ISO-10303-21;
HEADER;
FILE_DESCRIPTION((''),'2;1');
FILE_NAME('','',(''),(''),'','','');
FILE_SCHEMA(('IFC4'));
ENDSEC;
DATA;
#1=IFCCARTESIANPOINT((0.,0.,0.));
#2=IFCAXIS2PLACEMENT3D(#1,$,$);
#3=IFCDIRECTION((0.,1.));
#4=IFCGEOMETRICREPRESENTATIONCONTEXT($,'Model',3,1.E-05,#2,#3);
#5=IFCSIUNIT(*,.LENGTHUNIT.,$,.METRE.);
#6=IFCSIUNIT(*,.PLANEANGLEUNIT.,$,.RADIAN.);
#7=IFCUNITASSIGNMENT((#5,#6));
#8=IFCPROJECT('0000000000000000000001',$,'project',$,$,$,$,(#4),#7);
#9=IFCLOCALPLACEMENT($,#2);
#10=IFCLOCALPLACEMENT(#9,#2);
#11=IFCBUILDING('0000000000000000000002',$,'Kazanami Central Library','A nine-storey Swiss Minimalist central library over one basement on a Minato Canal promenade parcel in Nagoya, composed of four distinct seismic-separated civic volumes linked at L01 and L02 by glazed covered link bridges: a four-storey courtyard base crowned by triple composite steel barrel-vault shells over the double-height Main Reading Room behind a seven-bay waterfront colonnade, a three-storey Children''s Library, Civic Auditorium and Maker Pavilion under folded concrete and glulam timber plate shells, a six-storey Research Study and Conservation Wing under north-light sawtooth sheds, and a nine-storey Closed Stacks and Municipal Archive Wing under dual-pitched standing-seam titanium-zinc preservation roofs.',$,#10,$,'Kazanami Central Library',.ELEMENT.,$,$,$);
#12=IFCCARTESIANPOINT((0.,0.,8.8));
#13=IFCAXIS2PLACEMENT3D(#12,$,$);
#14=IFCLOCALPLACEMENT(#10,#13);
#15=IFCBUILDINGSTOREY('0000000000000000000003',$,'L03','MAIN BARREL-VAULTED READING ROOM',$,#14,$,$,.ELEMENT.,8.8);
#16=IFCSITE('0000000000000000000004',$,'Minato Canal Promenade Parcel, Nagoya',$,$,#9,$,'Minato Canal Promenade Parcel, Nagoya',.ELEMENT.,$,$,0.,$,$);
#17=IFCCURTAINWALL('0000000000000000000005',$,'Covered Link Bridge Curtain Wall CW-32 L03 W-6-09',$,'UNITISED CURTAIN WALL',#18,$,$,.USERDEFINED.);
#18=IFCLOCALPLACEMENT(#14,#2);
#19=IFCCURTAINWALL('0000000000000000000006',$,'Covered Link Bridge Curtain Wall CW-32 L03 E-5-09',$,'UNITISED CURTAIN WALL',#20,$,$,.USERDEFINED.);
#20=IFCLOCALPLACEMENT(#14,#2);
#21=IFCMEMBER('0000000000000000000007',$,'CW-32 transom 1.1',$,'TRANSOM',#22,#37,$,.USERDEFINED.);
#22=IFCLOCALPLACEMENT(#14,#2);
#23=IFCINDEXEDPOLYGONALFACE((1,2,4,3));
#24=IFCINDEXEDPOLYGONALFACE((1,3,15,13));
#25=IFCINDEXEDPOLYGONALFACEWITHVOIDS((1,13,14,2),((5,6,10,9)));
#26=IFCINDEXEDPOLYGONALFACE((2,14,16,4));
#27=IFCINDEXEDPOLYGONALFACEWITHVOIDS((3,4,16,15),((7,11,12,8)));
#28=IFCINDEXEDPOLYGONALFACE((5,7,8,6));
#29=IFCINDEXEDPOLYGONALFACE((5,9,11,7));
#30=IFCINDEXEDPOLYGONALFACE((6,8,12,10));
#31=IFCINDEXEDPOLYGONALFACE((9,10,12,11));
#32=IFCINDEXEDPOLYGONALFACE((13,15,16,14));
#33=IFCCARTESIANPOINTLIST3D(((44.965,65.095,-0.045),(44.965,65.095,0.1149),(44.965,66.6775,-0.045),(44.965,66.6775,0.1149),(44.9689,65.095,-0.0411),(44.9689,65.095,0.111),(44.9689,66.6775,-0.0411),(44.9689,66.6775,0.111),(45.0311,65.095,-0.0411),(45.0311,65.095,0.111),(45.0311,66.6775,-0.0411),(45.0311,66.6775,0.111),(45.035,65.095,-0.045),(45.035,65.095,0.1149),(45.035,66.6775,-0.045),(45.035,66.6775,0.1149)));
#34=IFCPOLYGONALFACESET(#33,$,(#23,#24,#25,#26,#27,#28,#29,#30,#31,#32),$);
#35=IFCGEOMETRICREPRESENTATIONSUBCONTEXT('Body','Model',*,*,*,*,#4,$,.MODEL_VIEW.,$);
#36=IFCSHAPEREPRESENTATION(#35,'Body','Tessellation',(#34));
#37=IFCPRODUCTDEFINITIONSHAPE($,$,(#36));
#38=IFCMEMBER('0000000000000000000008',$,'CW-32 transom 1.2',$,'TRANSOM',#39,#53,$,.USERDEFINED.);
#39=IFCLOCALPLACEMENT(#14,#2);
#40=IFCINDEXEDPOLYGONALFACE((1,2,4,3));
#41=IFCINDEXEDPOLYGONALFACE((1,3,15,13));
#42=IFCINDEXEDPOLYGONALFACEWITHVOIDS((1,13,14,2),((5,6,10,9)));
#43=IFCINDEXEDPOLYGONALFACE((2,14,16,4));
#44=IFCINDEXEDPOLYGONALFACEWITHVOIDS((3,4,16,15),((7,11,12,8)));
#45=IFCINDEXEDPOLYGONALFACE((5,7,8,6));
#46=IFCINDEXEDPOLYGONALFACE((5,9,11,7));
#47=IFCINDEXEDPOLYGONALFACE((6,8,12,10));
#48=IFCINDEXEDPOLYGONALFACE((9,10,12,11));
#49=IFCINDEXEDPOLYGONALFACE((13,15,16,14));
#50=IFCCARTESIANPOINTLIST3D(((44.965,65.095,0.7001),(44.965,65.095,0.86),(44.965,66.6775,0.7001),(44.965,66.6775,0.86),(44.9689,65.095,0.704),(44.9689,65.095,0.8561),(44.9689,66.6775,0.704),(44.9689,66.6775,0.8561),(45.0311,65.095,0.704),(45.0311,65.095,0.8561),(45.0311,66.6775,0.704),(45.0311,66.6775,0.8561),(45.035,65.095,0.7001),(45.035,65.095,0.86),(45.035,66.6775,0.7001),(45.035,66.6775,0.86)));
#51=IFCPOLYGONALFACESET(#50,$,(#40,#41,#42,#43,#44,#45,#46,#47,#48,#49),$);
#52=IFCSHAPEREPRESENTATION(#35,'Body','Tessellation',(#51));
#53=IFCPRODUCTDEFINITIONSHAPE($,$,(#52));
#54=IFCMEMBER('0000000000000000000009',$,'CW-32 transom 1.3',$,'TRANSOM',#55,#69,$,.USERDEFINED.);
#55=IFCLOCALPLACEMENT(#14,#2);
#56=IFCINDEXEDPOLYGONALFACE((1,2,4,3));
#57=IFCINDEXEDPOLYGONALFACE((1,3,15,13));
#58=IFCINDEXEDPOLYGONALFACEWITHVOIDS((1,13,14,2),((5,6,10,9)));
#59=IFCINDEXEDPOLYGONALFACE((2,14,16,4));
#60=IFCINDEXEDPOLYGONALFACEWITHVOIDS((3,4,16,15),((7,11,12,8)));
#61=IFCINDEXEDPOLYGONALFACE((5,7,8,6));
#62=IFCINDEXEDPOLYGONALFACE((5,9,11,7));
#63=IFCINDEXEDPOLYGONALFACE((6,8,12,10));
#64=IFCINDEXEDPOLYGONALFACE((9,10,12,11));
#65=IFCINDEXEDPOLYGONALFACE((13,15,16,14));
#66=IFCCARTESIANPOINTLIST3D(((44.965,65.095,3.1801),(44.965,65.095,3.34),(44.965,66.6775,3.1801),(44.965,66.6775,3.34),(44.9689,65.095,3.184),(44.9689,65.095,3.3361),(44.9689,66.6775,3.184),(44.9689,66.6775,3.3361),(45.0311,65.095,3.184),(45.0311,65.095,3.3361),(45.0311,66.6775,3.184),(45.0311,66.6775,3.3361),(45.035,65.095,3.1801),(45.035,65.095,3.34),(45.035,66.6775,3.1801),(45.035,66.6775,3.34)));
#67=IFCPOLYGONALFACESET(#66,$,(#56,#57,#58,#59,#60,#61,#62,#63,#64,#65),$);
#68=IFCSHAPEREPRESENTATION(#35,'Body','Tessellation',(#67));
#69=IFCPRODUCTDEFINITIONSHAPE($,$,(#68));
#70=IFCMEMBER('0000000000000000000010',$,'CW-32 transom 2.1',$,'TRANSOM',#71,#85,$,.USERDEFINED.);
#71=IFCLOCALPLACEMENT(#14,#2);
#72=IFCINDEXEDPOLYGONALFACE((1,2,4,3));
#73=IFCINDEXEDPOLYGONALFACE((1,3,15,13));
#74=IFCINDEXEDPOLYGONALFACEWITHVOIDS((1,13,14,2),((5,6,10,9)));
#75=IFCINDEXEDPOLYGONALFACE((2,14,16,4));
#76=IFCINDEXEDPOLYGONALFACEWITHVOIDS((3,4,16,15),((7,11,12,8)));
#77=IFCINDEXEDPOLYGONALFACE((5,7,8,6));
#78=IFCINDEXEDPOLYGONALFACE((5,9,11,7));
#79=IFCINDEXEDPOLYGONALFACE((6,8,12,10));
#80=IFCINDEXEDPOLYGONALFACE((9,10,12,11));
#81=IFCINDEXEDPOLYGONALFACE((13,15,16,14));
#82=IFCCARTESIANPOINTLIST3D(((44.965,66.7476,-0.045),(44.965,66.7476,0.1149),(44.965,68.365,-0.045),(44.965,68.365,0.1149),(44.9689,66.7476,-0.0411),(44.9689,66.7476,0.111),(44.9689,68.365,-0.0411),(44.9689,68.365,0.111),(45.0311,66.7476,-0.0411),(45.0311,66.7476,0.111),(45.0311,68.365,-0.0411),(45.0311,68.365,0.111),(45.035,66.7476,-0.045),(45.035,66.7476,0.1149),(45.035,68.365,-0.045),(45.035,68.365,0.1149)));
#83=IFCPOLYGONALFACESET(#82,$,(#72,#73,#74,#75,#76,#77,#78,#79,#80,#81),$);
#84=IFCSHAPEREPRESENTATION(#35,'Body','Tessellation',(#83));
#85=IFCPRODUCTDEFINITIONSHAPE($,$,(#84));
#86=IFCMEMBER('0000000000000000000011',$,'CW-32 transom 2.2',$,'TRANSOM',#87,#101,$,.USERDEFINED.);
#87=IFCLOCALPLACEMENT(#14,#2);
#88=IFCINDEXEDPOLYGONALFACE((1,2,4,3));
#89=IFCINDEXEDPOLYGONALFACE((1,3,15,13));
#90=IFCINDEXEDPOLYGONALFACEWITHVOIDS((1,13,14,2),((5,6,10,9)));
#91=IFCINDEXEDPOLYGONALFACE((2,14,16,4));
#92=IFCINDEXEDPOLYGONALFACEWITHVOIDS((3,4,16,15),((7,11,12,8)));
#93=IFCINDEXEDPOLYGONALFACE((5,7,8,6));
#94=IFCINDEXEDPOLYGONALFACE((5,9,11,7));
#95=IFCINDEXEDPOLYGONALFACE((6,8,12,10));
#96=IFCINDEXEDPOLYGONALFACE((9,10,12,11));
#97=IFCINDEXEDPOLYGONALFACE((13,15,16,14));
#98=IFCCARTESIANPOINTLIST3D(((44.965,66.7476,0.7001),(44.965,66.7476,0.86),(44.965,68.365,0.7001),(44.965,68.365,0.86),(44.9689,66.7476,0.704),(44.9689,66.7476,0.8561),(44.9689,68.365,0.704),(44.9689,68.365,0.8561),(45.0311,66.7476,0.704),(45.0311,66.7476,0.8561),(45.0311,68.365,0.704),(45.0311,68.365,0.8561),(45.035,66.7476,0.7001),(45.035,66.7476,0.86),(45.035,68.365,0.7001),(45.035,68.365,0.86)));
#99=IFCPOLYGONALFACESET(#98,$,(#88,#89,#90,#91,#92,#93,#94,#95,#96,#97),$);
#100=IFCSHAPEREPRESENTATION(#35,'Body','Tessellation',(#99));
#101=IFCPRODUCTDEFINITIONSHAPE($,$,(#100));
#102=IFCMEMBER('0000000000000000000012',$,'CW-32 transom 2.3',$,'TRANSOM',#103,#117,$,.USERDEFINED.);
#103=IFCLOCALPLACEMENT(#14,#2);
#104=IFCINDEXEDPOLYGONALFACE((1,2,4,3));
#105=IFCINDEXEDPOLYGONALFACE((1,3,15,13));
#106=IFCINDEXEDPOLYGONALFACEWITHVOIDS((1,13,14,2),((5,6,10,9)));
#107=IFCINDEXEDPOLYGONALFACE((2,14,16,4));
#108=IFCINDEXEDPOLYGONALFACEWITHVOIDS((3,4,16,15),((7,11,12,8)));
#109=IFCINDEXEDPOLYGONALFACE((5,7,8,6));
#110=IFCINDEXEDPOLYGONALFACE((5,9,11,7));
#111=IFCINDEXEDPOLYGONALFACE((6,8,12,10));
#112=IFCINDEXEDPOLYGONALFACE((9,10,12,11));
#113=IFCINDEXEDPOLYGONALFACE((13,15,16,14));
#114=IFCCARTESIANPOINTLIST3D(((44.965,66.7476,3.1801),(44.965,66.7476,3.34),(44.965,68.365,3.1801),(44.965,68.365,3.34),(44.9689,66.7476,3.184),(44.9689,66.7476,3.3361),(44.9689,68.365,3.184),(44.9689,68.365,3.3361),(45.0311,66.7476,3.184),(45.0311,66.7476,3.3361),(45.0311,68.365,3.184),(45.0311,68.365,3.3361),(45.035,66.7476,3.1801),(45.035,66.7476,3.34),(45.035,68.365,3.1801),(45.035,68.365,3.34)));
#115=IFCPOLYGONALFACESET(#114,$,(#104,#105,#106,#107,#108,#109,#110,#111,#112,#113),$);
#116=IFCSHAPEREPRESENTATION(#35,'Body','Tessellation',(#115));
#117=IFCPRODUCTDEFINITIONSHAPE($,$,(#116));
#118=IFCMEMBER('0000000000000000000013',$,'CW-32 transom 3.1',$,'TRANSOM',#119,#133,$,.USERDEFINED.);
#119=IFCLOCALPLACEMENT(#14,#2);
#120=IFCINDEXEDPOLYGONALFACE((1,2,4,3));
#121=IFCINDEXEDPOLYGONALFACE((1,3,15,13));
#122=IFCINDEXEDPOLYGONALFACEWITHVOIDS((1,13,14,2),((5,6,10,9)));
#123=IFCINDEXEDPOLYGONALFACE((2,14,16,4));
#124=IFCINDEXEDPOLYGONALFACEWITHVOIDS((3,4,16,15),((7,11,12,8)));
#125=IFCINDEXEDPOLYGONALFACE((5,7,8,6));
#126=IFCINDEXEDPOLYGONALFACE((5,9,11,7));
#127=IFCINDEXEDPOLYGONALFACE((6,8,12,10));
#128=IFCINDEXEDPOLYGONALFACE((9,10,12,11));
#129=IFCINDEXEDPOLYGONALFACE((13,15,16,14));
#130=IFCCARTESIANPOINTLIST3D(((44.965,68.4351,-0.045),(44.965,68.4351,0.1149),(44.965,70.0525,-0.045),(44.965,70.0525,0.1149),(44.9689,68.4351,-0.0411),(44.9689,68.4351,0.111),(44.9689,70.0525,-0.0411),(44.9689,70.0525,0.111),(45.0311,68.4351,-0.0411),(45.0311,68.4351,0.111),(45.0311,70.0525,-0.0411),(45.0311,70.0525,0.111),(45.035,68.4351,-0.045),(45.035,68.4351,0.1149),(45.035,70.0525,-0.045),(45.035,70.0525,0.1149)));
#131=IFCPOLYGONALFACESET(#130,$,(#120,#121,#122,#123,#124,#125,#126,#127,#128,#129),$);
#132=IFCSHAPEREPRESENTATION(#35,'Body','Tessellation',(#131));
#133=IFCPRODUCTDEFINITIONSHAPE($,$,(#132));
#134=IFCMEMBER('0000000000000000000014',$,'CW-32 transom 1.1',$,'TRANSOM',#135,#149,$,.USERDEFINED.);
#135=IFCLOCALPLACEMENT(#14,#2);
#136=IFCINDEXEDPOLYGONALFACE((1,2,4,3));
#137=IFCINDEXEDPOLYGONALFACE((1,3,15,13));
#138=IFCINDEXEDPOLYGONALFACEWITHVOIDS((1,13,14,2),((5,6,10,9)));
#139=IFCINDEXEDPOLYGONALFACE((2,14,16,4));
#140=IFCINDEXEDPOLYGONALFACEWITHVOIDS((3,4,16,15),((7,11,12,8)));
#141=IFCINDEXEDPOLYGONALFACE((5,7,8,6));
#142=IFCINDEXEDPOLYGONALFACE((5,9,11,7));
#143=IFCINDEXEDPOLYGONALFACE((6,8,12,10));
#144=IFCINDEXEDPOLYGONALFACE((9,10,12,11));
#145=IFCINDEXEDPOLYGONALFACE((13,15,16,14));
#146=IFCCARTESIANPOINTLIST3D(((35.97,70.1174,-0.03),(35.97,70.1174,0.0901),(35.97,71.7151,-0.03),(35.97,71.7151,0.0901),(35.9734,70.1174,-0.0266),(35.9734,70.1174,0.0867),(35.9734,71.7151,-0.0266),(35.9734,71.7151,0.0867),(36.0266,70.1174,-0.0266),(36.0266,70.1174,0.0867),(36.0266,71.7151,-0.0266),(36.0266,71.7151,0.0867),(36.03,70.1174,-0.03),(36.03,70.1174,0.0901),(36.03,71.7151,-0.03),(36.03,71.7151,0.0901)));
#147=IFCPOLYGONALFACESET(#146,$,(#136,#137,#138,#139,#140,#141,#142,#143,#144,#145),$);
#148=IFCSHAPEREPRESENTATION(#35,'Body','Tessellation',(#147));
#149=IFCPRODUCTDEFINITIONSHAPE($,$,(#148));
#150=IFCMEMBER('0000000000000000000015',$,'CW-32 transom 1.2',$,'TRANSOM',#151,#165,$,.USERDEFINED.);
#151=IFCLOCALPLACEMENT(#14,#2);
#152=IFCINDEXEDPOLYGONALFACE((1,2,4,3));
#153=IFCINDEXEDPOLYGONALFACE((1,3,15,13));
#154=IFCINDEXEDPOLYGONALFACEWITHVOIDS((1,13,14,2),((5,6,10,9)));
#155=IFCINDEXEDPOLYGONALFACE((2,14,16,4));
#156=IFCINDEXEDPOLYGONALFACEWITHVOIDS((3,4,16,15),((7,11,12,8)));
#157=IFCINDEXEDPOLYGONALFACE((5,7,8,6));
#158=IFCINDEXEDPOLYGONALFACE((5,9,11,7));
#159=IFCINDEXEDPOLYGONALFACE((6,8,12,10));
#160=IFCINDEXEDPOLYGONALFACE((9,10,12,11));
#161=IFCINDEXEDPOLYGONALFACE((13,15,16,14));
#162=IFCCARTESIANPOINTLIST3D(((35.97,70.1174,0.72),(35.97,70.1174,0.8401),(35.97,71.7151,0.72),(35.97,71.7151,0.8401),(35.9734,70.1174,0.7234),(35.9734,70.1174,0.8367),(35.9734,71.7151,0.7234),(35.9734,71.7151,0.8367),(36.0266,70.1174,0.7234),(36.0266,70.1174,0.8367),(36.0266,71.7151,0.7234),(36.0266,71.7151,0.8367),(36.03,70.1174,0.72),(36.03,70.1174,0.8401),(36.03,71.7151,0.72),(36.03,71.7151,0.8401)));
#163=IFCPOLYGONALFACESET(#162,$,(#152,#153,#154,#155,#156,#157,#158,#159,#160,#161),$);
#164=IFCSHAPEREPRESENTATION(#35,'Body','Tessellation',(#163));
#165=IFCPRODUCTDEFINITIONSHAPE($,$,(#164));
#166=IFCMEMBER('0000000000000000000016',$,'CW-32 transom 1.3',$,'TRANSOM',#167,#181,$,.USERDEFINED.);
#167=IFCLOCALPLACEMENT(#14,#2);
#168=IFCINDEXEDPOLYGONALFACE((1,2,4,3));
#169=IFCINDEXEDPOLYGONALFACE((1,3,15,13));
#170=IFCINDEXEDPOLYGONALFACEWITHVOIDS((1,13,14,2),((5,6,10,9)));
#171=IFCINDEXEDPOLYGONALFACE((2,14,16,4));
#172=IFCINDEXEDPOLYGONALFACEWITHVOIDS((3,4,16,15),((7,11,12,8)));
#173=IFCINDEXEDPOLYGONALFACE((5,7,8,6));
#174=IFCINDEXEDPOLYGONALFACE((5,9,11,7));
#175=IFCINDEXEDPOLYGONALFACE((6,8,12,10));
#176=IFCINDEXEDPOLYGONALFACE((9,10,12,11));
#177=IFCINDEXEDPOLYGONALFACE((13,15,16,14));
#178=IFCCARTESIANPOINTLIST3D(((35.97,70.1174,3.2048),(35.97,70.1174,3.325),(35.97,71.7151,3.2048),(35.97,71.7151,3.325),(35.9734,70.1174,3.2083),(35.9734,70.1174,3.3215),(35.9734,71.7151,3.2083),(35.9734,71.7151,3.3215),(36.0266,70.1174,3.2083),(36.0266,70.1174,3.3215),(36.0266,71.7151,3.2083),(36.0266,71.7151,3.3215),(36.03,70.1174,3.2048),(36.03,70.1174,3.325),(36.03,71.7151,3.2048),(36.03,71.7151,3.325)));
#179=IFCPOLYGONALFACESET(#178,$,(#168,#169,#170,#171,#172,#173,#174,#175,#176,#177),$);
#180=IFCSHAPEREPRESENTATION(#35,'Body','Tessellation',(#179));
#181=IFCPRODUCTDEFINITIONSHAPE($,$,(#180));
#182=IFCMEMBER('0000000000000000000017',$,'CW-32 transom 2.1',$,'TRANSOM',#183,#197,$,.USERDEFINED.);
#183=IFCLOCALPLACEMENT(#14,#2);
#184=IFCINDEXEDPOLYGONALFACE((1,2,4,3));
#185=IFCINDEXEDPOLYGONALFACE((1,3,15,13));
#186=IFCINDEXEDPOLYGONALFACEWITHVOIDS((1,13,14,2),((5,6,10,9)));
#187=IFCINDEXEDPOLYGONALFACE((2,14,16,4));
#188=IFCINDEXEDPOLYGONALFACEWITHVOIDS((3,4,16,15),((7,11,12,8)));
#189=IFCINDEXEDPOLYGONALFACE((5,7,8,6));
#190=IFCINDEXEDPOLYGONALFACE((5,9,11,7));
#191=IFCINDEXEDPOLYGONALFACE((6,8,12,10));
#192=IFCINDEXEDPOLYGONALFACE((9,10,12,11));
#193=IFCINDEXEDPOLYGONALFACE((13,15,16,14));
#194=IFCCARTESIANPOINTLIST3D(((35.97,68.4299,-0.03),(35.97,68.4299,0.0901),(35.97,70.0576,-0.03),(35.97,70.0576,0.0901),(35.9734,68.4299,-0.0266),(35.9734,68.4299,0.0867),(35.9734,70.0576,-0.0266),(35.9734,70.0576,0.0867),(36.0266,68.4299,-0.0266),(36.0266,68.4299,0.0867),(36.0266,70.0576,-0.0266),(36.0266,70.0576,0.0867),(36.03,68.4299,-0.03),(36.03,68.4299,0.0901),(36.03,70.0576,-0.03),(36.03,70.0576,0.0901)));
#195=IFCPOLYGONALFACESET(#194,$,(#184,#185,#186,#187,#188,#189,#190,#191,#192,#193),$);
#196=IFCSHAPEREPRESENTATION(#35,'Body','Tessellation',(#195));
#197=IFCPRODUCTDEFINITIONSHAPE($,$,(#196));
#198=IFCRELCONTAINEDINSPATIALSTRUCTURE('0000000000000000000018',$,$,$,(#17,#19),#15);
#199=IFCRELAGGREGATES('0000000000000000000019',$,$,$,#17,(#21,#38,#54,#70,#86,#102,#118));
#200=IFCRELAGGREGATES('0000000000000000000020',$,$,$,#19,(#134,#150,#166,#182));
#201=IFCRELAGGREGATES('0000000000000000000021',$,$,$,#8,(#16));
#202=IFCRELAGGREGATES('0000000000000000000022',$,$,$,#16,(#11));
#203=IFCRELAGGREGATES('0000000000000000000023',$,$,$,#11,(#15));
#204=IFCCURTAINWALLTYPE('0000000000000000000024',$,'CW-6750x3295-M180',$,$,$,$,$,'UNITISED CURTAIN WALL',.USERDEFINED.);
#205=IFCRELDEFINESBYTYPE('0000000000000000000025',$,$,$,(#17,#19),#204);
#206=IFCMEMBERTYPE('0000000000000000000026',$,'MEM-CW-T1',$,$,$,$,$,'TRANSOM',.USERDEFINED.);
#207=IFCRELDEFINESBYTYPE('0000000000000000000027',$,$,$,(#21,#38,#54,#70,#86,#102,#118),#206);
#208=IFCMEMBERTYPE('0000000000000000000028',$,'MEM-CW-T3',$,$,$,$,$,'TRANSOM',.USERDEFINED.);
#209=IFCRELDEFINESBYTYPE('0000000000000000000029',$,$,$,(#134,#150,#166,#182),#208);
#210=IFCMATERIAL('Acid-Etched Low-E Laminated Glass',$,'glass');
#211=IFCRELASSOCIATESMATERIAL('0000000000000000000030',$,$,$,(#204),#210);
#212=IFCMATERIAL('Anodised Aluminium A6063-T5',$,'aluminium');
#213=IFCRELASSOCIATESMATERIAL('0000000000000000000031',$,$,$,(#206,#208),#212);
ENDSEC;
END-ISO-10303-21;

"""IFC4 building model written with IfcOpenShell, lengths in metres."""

from ifc_helpers import new_model, si_unit, direction, frame, origin, origin_2d, place, context, subcontext, project, spatial, hollow_rectangle, extrude, material, material_profile, profile_set, type_object, element, aggregate, save


model = new_model("IFC4")

# Units and contexts
model_context = context("Model", 3, precision=1e-05, world=origin(), true_north=direction((0.0, 1.0)))
body_context = subcontext(model_context, "Body", "Model", "MODEL_VIEW")
ifc_project = project(units=[si_unit("LENGTHUNIT", "METRE"), si_unit("PLANEANGLEUNIT", "RADIAN")], contexts=[model_context])

# Site, building, storey
site_placement = place(None, origin())
site = spatial("IfcSite", under=ifc_project, at=site_placement, Name="Minato Canal Promenade Parcel, Nagoya", LongName="Minato Canal Promenade Parcel, Nagoya", CompositionType="ELEMENT", RefElevation=0.0)
building_placement = place(site_placement, origin())
building = spatial("IfcBuilding", under=site, at=building_placement, Name="Kazanami Central Library", Description="A nine-storey Swiss Minimalist central library over one basement on a Minato Canal promenade parcel in Nagoya, composed of four distinct seismic-separated civic volumes linked at L01 and L02 by glazed covered link bridges: a four-storey courtyard base crowned by triple composite steel barrel-vault shells over the double-height Main Reading Room behind a seven-bay waterfront colonnade, a three-storey Children's Library, Civic Auditorium and Maker Pavilion under folded concrete and glulam timber plate shells, a six-storey Research Study and Conservation Wing under north-light sawtooth sheds, and a nine-storey Closed Stacks and Municipal Archive Wing under dual-pitched standing-seam titanium-zinc preservation roofs.", LongName="Kazanami Central Library", CompositionType="ELEMENT")
storey_placement = place(building_placement, frame((0.0, 0.0, 8.8)))
storey = spatial("IfcBuildingStorey", under=building, at=storey_placement, Name="L03", Description="MAIN BARREL-VAULTED READING ROOM", CompositionType="ELEMENT", Elevation=8.8)

# Curtain walls
ifc_material_1 = material(Name="Acid-Etched Low-E Laminated Glass", Category="glass")
curtain_wall_type = type_object("IfcCurtainWallType", Name="CW-6750x3295-M180", ElementType="UNITISED CURTAIN WALL", PredefinedType="USERDEFINED", material=ifc_material_1)
curtain_wall_1_placement = place(storey_placement, origin())
curtain_wall_1 = element("IfcCurtainWall", 1, at=curtain_wall_1_placement, inside=storey, type_object=curtain_wall_type, Name="Covered Link Bridge Curtain Wall CW-32 L03 W-6-09", ObjectType="UNITISED CURTAIN WALL", PredefinedType="USERDEFINED")
ifc_material_2 = material(Name="Anodised Aluminium A6063-T5", Category="aluminium")
curtain_wall_2_placement = place(storey_placement, origin())
curtain_wall_2 = element("IfcCurtainWall", 2, at=curtain_wall_2_placement, inside=storey, type_object=curtain_wall_type, Name="Covered Link Bridge Curtain Wall CW-32 L03 E-5-09", ObjectType="UNITISED CURTAIN WALL", PredefinedType="USERDEFINED")

# Members
ifc_material_profile_1 = material_profile(ifc_material_2, hollow_rectangle(XDim=0.0701, YDim=0.1599, WallThickness=0.0039, at=origin_2d()), Name="ALU-TRAN-70x160x4")
ifc_profile_set_1 = profile_set([ifc_material_profile_1], Name="Anodised Aluminium A6063-T5")
member_type_1 = type_object("IfcMemberType", Name="MEM-CW-T1", ElementType="TRANSOM", PredefinedType="USERDEFINED", material=ifc_profile_set_1)
member_1_placement = place(storey_placement, frame((45.0, 65.095, 0.0349), z_axis=(0.0, 1.0, 0.0), x_axis=(-1.0, 0.0, 0.0)))
member_1 = element("IfcMember", 3, at=member_1_placement, type_object=member_type_1, Name="CW-32 transom 1.1", ObjectType="TRANSOM", PredefinedType="USERDEFINED", context=body_context, shape_type="SweptSolid", body=[
    extrude(hollow_rectangle(XDim=0.0701, YDim=0.1599, WallThickness=0.0039, at=origin_2d()), origin(), (0.0, 0.0, 1.0), 1.5825),
])
member_2_placement = place(storey_placement, frame((45.0, 65.095, 0.78), z_axis=(0.0, 1.0, 0.0), x_axis=(-1.0, 0.0, 0.0)))
member_2 = element("IfcMember", 4, at=member_2_placement, type_object=member_type_1, Name="CW-32 transom 1.2", ObjectType="TRANSOM", PredefinedType="USERDEFINED", context=body_context, shape_type="SweptSolid", body=[
    extrude(hollow_rectangle(XDim=0.0701, YDim=0.1599, WallThickness=0.0039, at=origin_2d()), origin(), (0.0, 0.0, 1.0), 1.5825),
])
member_3_placement = place(storey_placement, frame((45.0, 65.095, 3.26), z_axis=(0.0, 1.0, 0.0), x_axis=(-1.0, 0.0, 0.0)))
member_3 = element("IfcMember", 5, at=member_3_placement, type_object=member_type_1, Name="CW-32 transom 1.3", ObjectType="TRANSOM", PredefinedType="USERDEFINED", context=body_context, shape_type="SweptSolid", body=[
    extrude(hollow_rectangle(XDim=0.0701, YDim=0.1599, WallThickness=0.0039, at=origin_2d()), origin(), (0.0, 0.0, 1.0), 1.5825),
])
member_4_placement = place(storey_placement, frame((45.0, 66.7476, 0.0349), z_axis=(0.0, 1.0, 0.0), x_axis=(-1.0, 0.0, 0.0)))
member_4 = element("IfcMember", 6, at=member_4_placement, type_object=member_type_1, Name="CW-32 transom 2.1", ObjectType="TRANSOM", PredefinedType="USERDEFINED", context=body_context, shape_type="SweptSolid", body=[
    extrude(hollow_rectangle(XDim=0.0701, YDim=0.1599, WallThickness=0.0039, at=origin_2d()), origin(), (0.0, 0.0, 1.0), 1.6174),
])
member_5_placement = place(storey_placement, frame((45.0, 66.7476, 0.78), z_axis=(0.0, 1.0, 0.0), x_axis=(-1.0, 0.0, 0.0)))
member_5 = element("IfcMember", 7, at=member_5_placement, type_object=member_type_1, Name="CW-32 transom 2.2", ObjectType="TRANSOM", PredefinedType="USERDEFINED", context=body_context, shape_type="SweptSolid", body=[
    extrude(hollow_rectangle(XDim=0.0701, YDim=0.1599, WallThickness=0.0039, at=origin_2d()), origin(), (0.0, 0.0, 1.0), 1.6174),
])
member_6_placement = place(storey_placement, frame((45.0, 66.7476, 3.26), z_axis=(0.0, 1.0, 0.0), x_axis=(-1.0, 0.0, 0.0)))
member_6 = element("IfcMember", 8, at=member_6_placement, type_object=member_type_1, Name="CW-32 transom 2.3", ObjectType="TRANSOM", PredefinedType="USERDEFINED", context=body_context, shape_type="SweptSolid", body=[
    extrude(hollow_rectangle(XDim=0.0701, YDim=0.1599, WallThickness=0.0039, at=origin_2d()), origin(), (0.0, 0.0, 1.0), 1.6174),
])
member_7_placement = place(storey_placement, frame((45.0, 68.4351, 0.0349), z_axis=(0.0, 1.0, 0.0), x_axis=(-1.0, 0.0, 0.0)))
member_7 = element("IfcMember", 9, at=member_7_placement, type_object=member_type_1, Name="CW-32 transom 3.1", ObjectType="TRANSOM", PredefinedType="USERDEFINED", context=body_context, shape_type="SweptSolid", body=[
    extrude(hollow_rectangle(XDim=0.0701, YDim=0.1599, WallThickness=0.0039, at=origin_2d()), origin(), (0.0, 0.0, 1.0), 1.6174),
])
ifc_material_profile_2 = material_profile(ifc_material_2, hollow_rectangle(XDim=0.0601, YDim=0.1201, WallThickness=0.0034, at=origin_2d()), Name="ALU-TRAN-60x120x3.5")
ifc_profile_set_2 = profile_set([ifc_material_profile_2], Name="Anodised Aluminium A6063-T5")
member_type_2 = type_object("IfcMemberType", Name="MEM-CW-T3", ElementType="TRANSOM", PredefinedType="USERDEFINED", material=ifc_profile_set_2)
member_8_placement = place(storey_placement, frame((36.0, 71.7151, 0.03), z_axis=(0.0, -1.0, 0.0), x_axis=(1.0, 0.0, 0.0)))
member_8 = element("IfcMember", 10, at=member_8_placement, type_object=member_type_2, Name="CW-32 transom 1.1", ObjectType="TRANSOM", PredefinedType="USERDEFINED", context=body_context, shape_type="SweptSolid", body=[
    extrude(hollow_rectangle(XDim=0.0601, YDim=0.1201, WallThickness=0.0034, at=origin_2d()), origin(), (0.0, 0.0, 1.0), 1.5977),
])
member_9_placement = place(storey_placement, frame((36.0, 71.7151, 0.78), z_axis=(0.0, -1.0, 0.0), x_axis=(1.0, 0.0, 0.0)))
member_9 = element("IfcMember", 11, at=member_9_placement, type_object=member_type_2, Name="CW-32 transom 1.2", ObjectType="TRANSOM", PredefinedType="USERDEFINED", context=body_context, shape_type="SweptSolid", body=[
    extrude(hollow_rectangle(XDim=0.0601, YDim=0.1201, WallThickness=0.0034, at=origin_2d()), origin(), (0.0, 0.0, 1.0), 1.5977),
])
member_10_placement = place(storey_placement, frame((36.0, 71.7151, 3.2649), z_axis=(0.0, -1.0, 0.0), x_axis=(1.0, 0.0, 0.0)))
member_10 = element("IfcMember", 12, at=member_10_placement, type_object=member_type_2, Name="CW-32 transom 1.3", ObjectType="TRANSOM", PredefinedType="USERDEFINED", context=body_context, shape_type="SweptSolid", body=[
    extrude(hollow_rectangle(XDim=0.0601, YDim=0.1201, WallThickness=0.0034, at=origin_2d()), origin(), (0.0, 0.0, 1.0), 1.5977),
])
member_11_placement = place(storey_placement, frame((36.0, 70.0576, 0.03), z_axis=(0.0, -1.0, 0.0), x_axis=(1.0, 0.0, 0.0)))
member_11 = element("IfcMember", 13, at=member_11_placement, type_object=member_type_2, Name="CW-32 transom 2.1", ObjectType="TRANSOM", PredefinedType="USERDEFINED", context=body_context, shape_type="SweptSolid", body=[
    extrude(hollow_rectangle(XDim=0.0601, YDim=0.1201, WallThickness=0.0034, at=origin_2d()), origin(), (0.0, 0.0, 1.0), 1.6277),
])

aggregate(curtain_wall_1, [member_1, member_2, member_3, member_4, member_5, member_6, member_7])
aggregate(curtain_wall_2, [member_8, member_9, member_10, member_11])

save(model, "model.ifc")
